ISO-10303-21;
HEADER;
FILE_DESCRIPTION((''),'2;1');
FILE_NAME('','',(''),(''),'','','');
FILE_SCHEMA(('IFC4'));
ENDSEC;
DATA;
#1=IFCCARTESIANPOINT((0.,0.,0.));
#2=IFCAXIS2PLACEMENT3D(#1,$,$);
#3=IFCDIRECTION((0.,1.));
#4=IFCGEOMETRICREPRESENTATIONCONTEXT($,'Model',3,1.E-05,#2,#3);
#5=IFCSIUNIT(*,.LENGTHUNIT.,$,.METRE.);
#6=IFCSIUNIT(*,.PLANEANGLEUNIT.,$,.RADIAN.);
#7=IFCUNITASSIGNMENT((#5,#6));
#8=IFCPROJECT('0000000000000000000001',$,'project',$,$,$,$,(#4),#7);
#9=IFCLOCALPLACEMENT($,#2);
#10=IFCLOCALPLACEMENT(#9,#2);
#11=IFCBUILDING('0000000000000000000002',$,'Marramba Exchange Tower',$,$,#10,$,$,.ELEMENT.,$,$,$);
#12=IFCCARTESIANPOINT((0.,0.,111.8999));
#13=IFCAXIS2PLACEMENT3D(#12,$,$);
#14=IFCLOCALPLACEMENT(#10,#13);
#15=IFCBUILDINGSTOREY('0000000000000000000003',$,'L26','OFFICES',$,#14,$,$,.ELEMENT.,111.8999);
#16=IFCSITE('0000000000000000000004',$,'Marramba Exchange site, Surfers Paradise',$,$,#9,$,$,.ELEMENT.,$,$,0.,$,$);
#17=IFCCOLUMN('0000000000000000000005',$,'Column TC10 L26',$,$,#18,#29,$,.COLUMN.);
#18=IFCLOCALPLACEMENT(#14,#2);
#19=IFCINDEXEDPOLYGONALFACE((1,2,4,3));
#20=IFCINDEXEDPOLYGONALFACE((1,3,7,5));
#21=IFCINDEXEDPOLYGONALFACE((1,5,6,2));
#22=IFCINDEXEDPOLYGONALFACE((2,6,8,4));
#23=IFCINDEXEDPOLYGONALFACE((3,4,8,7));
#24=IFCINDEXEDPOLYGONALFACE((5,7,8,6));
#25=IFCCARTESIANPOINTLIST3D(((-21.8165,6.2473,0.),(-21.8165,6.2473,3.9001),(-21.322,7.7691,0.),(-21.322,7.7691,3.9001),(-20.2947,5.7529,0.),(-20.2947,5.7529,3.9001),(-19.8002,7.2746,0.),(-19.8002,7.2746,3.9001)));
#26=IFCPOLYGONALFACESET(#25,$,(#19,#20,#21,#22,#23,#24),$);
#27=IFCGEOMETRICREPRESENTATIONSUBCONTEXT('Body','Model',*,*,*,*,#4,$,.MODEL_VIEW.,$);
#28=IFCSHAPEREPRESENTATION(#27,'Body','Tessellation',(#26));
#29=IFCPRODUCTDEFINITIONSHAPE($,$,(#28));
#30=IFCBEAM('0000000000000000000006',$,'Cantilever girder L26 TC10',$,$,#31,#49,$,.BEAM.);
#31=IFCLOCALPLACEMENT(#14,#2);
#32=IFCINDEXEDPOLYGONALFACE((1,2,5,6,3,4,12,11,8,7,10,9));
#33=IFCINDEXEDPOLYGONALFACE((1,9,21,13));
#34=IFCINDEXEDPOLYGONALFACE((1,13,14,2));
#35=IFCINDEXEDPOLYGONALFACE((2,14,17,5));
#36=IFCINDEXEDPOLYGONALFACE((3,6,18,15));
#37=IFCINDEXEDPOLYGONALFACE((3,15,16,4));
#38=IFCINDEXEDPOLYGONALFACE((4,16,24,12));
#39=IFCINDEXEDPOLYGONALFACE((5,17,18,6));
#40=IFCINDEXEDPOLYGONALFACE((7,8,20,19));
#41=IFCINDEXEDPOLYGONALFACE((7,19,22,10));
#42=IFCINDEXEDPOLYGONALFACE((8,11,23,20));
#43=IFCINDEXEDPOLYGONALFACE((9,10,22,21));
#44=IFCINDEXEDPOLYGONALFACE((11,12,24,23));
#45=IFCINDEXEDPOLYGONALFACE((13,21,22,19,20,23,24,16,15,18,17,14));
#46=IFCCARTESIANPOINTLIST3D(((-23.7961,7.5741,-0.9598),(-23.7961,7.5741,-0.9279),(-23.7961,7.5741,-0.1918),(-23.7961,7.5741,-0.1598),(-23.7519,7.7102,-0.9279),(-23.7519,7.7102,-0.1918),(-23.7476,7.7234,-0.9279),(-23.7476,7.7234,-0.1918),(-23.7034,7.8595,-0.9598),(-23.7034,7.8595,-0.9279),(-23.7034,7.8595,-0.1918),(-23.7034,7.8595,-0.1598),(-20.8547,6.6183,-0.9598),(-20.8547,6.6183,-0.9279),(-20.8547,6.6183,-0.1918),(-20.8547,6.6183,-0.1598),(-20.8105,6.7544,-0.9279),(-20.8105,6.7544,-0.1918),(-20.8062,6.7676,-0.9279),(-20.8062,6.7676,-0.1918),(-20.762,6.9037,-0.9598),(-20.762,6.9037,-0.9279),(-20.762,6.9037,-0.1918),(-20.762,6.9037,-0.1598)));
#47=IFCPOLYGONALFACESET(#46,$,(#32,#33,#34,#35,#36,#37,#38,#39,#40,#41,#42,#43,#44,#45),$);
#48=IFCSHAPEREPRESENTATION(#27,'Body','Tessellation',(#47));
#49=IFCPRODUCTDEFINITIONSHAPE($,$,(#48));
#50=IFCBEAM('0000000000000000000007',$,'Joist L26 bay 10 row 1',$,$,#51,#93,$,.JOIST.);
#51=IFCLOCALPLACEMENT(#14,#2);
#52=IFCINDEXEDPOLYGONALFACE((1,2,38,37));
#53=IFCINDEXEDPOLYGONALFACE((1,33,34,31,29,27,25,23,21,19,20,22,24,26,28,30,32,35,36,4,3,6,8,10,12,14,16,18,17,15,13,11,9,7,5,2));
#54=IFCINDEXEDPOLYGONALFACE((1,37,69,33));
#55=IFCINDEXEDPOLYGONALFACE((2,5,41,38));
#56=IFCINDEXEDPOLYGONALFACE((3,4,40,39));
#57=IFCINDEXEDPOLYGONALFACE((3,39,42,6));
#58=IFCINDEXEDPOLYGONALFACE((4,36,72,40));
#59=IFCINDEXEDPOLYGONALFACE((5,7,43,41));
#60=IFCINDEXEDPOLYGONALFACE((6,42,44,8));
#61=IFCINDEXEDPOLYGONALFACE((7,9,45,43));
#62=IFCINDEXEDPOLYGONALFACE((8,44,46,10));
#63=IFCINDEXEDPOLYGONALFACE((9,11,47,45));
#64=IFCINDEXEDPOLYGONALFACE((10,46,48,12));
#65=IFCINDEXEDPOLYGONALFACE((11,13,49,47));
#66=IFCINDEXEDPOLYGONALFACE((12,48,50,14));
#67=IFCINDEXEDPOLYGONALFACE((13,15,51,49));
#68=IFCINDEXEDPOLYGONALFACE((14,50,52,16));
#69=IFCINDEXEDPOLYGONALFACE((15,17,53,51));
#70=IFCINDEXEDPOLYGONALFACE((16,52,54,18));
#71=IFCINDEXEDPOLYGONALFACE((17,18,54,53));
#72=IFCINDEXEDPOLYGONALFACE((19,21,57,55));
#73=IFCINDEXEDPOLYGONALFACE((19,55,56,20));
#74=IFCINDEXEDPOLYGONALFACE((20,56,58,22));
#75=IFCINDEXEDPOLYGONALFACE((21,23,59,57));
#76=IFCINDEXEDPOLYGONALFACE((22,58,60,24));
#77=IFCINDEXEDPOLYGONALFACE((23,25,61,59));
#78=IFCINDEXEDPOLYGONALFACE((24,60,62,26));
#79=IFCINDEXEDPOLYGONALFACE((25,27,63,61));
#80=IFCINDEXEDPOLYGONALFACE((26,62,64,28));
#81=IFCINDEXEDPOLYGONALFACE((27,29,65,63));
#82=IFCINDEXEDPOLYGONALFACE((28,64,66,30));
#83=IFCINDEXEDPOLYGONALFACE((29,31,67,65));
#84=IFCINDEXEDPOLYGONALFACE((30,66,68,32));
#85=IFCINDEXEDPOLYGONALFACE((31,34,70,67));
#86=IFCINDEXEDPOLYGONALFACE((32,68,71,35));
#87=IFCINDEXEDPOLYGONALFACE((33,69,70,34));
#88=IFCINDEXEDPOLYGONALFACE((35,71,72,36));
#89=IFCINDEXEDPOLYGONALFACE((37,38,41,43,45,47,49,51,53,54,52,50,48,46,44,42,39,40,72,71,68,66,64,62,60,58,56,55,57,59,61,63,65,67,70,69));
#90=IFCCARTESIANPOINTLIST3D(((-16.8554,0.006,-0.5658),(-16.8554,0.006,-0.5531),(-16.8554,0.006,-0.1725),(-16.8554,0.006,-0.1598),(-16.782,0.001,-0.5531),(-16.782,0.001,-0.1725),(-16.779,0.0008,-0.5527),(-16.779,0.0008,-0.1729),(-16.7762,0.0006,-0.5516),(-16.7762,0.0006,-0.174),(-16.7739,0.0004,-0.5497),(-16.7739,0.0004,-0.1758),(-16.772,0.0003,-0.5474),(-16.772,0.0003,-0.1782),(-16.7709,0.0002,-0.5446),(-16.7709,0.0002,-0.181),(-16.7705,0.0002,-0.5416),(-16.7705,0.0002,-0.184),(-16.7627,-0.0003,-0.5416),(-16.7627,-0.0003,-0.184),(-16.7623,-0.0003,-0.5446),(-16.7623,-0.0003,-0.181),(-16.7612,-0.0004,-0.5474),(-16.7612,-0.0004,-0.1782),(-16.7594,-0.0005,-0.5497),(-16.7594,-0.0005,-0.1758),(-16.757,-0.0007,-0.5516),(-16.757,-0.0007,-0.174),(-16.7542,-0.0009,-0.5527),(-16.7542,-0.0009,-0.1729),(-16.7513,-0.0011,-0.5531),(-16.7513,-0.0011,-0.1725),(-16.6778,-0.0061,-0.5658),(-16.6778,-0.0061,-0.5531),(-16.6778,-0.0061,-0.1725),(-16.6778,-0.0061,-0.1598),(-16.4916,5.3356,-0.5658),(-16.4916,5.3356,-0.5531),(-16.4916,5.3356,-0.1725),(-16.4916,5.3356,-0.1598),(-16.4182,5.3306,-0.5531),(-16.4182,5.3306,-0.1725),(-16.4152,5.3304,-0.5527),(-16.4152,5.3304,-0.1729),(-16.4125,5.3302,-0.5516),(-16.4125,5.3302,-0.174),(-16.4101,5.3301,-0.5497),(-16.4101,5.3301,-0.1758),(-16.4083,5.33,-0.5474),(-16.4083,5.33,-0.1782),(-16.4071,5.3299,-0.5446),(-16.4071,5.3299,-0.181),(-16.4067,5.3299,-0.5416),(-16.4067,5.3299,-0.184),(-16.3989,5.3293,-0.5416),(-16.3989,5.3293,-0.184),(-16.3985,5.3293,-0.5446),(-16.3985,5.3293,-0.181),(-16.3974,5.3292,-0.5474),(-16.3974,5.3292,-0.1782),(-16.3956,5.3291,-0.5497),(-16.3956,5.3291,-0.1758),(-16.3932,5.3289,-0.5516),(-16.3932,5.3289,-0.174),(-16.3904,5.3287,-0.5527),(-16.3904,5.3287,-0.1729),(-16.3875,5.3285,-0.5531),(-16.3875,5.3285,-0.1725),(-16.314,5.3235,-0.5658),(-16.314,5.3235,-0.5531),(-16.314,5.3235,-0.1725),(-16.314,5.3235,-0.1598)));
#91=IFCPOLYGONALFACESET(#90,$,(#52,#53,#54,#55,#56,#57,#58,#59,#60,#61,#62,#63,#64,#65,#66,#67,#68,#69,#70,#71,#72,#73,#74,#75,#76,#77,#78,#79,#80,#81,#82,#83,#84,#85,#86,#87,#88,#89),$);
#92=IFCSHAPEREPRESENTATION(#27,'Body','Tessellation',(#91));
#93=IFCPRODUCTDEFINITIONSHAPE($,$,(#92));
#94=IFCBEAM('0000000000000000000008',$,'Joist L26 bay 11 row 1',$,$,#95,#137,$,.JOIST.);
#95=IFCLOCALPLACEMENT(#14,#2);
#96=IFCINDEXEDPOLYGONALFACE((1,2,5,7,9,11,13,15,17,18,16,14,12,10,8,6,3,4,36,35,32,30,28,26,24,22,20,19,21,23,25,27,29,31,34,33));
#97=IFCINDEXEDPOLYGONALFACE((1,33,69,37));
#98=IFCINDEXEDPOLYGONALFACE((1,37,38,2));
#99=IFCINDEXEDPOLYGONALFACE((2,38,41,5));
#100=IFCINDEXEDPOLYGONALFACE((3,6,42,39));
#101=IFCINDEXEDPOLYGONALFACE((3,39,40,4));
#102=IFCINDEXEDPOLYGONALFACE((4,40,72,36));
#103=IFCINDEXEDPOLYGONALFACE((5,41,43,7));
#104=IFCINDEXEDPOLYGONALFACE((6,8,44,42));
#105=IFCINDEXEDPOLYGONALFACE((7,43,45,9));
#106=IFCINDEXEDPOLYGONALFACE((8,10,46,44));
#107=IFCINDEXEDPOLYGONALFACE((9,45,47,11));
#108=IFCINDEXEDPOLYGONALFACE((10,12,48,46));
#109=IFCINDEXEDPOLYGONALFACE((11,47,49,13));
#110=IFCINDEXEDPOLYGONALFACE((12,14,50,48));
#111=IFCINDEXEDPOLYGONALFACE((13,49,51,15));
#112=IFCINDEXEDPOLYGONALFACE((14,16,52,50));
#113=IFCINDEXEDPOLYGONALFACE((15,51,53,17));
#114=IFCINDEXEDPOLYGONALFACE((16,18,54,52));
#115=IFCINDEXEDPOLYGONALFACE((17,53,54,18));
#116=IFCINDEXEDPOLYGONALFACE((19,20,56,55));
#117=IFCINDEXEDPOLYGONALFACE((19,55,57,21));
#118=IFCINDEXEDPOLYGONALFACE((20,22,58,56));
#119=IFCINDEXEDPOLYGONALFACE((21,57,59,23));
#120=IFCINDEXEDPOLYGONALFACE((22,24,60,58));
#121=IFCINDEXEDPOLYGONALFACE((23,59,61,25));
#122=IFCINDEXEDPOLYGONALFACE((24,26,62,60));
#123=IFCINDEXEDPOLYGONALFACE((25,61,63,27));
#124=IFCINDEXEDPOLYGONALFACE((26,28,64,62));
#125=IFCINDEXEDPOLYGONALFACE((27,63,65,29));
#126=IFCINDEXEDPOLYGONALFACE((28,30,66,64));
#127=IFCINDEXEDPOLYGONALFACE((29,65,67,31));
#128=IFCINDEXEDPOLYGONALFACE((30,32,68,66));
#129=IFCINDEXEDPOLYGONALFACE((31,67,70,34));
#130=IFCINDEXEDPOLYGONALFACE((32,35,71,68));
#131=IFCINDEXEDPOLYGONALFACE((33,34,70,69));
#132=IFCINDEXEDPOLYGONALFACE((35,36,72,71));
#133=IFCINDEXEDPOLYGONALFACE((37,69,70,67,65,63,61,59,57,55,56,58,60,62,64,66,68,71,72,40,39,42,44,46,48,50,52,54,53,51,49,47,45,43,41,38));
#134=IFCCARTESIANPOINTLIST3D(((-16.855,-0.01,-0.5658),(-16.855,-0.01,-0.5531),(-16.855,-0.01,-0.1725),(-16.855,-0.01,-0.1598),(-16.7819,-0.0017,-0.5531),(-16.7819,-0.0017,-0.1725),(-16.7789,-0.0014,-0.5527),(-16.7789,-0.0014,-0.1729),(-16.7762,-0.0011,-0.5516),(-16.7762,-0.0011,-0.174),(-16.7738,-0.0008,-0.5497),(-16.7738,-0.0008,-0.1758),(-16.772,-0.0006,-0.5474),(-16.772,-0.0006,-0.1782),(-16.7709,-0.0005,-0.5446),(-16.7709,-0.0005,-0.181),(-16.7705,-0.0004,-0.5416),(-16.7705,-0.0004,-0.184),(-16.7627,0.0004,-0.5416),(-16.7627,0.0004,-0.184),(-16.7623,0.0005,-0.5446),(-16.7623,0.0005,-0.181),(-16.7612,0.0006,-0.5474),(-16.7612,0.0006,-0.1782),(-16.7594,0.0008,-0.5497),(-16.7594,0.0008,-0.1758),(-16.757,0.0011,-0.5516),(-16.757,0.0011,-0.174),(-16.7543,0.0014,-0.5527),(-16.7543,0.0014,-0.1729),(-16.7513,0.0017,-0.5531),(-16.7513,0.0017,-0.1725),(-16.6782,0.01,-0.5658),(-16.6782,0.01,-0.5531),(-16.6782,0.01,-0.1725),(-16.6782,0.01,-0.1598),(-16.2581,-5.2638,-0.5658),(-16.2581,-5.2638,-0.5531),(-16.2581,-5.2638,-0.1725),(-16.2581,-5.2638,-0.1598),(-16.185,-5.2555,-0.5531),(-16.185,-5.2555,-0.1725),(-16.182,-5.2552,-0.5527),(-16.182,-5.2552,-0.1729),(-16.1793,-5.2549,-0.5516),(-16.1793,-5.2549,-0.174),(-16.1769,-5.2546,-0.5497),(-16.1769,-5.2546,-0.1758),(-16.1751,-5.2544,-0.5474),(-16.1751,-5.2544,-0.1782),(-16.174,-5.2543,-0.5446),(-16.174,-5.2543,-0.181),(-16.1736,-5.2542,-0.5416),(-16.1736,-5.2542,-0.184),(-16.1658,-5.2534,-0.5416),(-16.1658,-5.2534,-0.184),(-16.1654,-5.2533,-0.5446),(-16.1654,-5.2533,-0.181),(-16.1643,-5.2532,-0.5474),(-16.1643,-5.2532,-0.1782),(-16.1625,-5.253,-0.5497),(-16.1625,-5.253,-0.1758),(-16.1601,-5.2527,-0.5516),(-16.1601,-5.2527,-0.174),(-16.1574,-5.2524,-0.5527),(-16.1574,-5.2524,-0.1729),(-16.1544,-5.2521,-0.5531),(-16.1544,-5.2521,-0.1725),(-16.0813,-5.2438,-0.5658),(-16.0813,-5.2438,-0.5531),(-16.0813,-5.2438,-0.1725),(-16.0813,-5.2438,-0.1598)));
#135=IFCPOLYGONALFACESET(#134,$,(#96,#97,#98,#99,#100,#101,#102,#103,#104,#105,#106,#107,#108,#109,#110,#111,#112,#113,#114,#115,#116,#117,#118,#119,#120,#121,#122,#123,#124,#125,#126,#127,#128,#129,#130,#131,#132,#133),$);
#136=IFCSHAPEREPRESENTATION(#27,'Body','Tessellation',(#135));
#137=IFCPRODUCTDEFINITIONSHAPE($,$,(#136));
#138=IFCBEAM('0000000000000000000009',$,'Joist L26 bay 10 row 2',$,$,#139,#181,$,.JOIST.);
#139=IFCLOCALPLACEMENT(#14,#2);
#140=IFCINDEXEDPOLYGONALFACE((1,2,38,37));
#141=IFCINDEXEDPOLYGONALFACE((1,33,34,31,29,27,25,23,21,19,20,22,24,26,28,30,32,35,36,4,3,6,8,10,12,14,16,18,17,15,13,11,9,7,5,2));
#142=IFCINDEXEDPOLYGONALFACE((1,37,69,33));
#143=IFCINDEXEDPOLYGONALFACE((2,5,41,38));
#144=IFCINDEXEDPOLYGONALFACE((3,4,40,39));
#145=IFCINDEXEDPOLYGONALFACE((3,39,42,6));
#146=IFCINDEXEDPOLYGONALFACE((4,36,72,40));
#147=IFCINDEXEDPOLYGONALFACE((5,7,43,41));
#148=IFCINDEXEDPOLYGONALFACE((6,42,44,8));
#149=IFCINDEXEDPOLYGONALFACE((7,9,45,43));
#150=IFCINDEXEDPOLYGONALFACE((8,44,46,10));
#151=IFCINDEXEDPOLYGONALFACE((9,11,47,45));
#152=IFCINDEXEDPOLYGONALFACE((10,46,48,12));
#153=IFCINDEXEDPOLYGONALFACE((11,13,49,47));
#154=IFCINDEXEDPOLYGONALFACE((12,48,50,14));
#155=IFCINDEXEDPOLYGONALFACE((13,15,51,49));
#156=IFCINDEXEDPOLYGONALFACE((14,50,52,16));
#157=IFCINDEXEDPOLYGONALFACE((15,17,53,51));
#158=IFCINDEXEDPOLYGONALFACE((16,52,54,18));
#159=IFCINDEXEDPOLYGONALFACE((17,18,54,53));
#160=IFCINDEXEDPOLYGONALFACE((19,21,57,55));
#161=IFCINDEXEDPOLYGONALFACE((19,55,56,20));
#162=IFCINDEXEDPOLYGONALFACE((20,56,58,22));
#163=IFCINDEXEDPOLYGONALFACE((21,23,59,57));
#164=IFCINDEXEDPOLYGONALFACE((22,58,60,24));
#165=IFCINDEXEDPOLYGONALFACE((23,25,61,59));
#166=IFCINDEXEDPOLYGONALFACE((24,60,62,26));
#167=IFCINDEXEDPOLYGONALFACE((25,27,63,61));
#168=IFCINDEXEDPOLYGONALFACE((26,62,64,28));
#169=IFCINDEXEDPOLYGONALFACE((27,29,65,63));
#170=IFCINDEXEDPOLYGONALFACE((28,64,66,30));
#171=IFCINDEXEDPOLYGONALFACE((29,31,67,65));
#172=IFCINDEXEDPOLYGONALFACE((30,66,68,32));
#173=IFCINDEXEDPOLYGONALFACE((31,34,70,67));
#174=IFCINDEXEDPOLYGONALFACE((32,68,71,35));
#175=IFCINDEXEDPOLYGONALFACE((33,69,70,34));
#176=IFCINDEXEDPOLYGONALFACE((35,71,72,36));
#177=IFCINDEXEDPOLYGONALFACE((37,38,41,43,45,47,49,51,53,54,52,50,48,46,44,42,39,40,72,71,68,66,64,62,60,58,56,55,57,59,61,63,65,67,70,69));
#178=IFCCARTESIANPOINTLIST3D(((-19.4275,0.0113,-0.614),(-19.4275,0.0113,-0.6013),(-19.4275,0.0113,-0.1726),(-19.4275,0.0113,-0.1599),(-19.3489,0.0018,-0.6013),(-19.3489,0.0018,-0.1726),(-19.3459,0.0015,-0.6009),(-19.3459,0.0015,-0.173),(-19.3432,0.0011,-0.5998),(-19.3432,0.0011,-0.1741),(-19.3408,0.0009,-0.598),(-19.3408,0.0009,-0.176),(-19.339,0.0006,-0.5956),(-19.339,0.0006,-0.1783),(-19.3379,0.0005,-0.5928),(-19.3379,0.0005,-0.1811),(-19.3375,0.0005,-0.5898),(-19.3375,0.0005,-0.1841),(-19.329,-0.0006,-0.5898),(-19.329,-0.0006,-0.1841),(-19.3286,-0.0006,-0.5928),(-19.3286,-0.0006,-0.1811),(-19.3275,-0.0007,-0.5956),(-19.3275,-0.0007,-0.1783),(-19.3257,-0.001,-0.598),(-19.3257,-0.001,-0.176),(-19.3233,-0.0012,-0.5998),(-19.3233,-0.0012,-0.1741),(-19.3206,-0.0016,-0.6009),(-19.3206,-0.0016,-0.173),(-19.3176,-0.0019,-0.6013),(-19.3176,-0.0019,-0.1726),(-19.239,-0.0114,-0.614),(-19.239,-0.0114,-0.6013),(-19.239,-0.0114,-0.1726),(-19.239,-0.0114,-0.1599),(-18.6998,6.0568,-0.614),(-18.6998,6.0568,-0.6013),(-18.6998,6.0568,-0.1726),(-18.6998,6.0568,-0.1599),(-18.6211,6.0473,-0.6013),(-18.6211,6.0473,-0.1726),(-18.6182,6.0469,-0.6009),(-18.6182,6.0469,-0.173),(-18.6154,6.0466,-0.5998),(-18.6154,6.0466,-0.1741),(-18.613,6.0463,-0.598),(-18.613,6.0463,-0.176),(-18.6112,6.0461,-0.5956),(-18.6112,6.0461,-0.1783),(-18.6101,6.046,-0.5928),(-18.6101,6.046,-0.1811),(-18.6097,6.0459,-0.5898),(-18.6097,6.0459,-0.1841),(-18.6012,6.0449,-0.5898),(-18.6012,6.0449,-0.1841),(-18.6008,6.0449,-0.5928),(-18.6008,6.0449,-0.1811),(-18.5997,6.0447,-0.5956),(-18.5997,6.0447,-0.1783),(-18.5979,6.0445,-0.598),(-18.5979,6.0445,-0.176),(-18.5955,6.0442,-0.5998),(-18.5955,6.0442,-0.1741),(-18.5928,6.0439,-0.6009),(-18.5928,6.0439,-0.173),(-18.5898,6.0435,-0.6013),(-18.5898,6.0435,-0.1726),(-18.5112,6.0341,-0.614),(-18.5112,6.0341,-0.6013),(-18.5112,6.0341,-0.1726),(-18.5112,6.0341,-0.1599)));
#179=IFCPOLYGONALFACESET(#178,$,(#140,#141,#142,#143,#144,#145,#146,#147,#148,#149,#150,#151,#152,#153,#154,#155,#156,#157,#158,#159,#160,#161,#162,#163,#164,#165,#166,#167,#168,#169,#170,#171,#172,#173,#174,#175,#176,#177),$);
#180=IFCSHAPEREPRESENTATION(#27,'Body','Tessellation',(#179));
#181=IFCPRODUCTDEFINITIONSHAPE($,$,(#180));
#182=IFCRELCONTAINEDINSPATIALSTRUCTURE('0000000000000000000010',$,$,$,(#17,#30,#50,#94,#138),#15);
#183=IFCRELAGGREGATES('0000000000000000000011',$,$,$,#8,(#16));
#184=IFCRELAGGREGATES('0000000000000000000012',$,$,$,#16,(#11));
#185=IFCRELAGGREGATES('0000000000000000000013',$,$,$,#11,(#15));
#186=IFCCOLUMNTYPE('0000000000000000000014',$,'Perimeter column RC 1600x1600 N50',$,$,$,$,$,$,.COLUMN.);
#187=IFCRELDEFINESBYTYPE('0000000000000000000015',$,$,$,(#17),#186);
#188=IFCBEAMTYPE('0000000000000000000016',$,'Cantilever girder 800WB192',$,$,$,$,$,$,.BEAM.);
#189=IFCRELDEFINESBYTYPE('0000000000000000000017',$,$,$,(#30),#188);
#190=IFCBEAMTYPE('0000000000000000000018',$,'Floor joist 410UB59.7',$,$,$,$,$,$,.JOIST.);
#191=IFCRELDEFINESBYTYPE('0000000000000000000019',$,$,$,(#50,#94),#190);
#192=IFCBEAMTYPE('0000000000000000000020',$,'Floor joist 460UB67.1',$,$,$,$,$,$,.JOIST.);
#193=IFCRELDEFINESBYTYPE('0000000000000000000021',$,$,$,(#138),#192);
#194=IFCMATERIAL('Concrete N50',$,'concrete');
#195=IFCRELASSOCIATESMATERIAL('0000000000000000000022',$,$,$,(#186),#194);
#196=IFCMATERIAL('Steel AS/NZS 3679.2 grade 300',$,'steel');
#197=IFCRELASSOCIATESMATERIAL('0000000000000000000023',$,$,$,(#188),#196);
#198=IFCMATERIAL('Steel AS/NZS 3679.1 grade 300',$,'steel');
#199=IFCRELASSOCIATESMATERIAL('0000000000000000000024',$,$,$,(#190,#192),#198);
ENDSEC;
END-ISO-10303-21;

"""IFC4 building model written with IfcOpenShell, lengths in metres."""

from ifc_helpers import new_model, si_unit, direction, frame, origin, origin_2d, place, context, subcontext, project, spatial, rectangle, i_section, extrude, material, material_profile, profile_set, type_object, element, save


model = new_model("IFC4")

# Units and contexts
model_context = context("Model", 3, precision=1e-05, world=origin(), true_north=direction((0.0, 1.0)))
body_context = subcontext(model_context, "Body", "Model", "MODEL_VIEW")
ifc_project = project(units=[si_unit("LENGTHUNIT", "METRE"), si_unit("PLANEANGLEUNIT", "RADIAN")], contexts=[model_context])

# Site, building, storey
site_placement = place(None, origin())
site = spatial("IfcSite", under=ifc_project, at=site_placement, Name="Marramba Exchange site, Surfers Paradise", CompositionType="ELEMENT", RefElevation=0.0)
building_placement = place(site_placement, origin())
building = spatial("IfcBuilding", under=site, at=building_placement, Name="Marramba Exchange Tower", CompositionType="ELEMENT")
storey_placement = place(building_placement, frame((0.0, 0.0, 111.8999)))
storey = spatial("IfcBuildingStorey", under=building, at=storey_placement, Name="L26", Description="OFFICES", CompositionType="ELEMENT", Elevation=111.8999)

# Column
ifc_material_1 = material(Name="Concrete N50", Category="concrete")
ifc_material_profile_1 = material_profile(ifc_material_1, rectangle(XDim=1.6001, YDim=1.6001, at=origin_2d()), Name="RC 1600x1600")
ifc_profile_set_1 = profile_set([ifc_material_profile_1], Name="Concrete N50")
column_type = type_object("IfcColumnType", Name="Perimeter column RC 1600x1600 N50", PredefinedType="COLUMN", material=ifc_profile_set_1)
column_placement = place(storey_placement, frame((-20.8083, 6.761, 0.0), z_axis=(0.0, 0.0, 1.0), x_axis=(-0.951057, 0.309017, 0.0)))
element("IfcColumn", 1, at=column_placement, inside=storey, type_object=column_type, Name="Column TC10 L26", PredefinedType="COLUMN", context=body_context, shape_type="SweptSolid", body=[
    extrude(rectangle(XDim=1.6001, YDim=1.6001, at=origin_2d()), origin(), (0.0, 0.0, 1.0), 3.9001),
])

# Beams
ifc_material_2 = material(Name="Steel AS/NZS 3679.2 grade 300", Category="steel")
ifc_material_profile_2 = material_profile(ifc_material_2, i_section(OverallWidth=0.3, OverallDepth=0.8, WebThickness=0.0139, FlangeThickness=0.032, at=origin_2d()), Name="800WB192")
ifc_profile_set_2 = profile_set([ifc_material_profile_2], Name="Steel AS/NZS 3679.2 grade 300")
beam_type_1 = type_object("IfcBeamType", Name="Cantilever girder 800WB192", PredefinedType="BEAM", material=ifc_profile_set_2)
beam_1_placement = place(storey_placement, frame((-20.8083, 6.761, -0.5598), z_axis=(-0.951048, 0.309043, 0.0), x_axis=(-0.309043, -0.951048, 0.0)))
element("IfcBeam", 2, at=beam_1_placement, inside=storey, type_object=beam_type_1, Name="Cantilever girder L26 TC10", PredefinedType="BEAM", context=body_context, shape_type="SweptSolid", body=[
    extrude(i_section(OverallWidth=0.3, OverallDepth=0.8, WebThickness=0.0139, FlangeThickness=0.032, at=origin_2d()), origin(), (0.0, 0.0, 1.0), 3.0928),
])
ifc_material_3 = material(Name="Steel AS/NZS 3679.1 grade 300", Category="steel")
ifc_material_profile_3 = material_profile(ifc_material_3, i_section(OverallWidth=0.178, OverallDepth=0.406, WebThickness=0.0078, FlangeThickness=0.0127, FilletRadius=0.0115, at=origin_2d()), Name="410UB59.7")
ifc_profile_set_3 = profile_set([ifc_material_profile_3], Name="Steel AS/NZS 3679.1 grade 300")
beam_type_2 = type_object("IfcBeamType", Name="Floor joist 410UB59.7", PredefinedType="JOIST", material=ifc_profile_set_3)
beam_2_placement = place(storey_placement, frame((-16.4028, 5.3296, -0.3628), z_axis=(-0.068096, -0.997679, 0.0), x_axis=(0.997679, -0.068096, 0.0)))
element("IfcBeam", 3, at=beam_2_placement, inside=storey, type_object=beam_type_2, Name="Joist L26 bay 10 row 1", PredefinedType="JOIST", context=body_context, shape_type="SweptSolid", body=[
    extrude(i_section(OverallWidth=0.178, OverallDepth=0.406, WebThickness=0.0078, FlangeThickness=0.0127, FilletRadius=0.0115, at=origin_2d()), origin(), (0.0, 0.0, 1.0), 5.342),
])
beam_3_placement = place(storey_placement, frame((-16.7666, 0.0, -0.3628), z_axis=(0.112889, -0.993608, 0.0), x_axis=(0.993608, 0.112889, 0.0)))
element("IfcBeam", 4, at=beam_3_placement, inside=storey, type_object=beam_type_2, Name="Joist L26 bay 11 row 1", PredefinedType="JOIST", context=body_context, shape_type="SweptSolid", body=[
    extrude(i_section(OverallWidth=0.178, OverallDepth=0.406, WebThickness=0.0078, FlangeThickness=0.0127, FilletRadius=0.0115, at=origin_2d()), origin(), (0.0, 0.0, 1.0), 5.2876),
])
ifc_material_profile_4 = material_profile(ifc_material_3, i_section(OverallWidth=0.1899, OverallDepth=0.4541, WebThickness=0.0085, FlangeThickness=0.0127, FilletRadius=0.0115, at=origin_2d()), Name="460UB67.1")
ifc_profile_set_4 = profile_set([ifc_material_profile_4], Name="Steel AS/NZS 3679.1 grade 300")
beam_type_3 = type_object("IfcBeamType", Name="Floor joist 460UB67.1", PredefinedType="JOIST", material=ifc_profile_set_4)
beam_4_placement = place(storey_placement, frame((-18.6055, 6.0454, -0.387), z_axis=(-0.119523, -0.992831, 0.0), x_axis=(0.992831, -0.119523, 0.0)))
element("IfcBeam", 5, at=beam_4_placement, inside=storey, type_object=beam_type_3, Name="Joist L26 bay 10 row 2", PredefinedType="JOIST", context=body_context, shape_type="SweptSolid", body=[
    extrude(i_section(OverallWidth=0.1899, OverallDepth=0.4541, WebThickness=0.0085, FlangeThickness=0.0127, FilletRadius=0.0115, at=origin_2d()), origin(), (0.0, 0.0, 1.0), 6.0891),
])

save(model, "model.ifc")
